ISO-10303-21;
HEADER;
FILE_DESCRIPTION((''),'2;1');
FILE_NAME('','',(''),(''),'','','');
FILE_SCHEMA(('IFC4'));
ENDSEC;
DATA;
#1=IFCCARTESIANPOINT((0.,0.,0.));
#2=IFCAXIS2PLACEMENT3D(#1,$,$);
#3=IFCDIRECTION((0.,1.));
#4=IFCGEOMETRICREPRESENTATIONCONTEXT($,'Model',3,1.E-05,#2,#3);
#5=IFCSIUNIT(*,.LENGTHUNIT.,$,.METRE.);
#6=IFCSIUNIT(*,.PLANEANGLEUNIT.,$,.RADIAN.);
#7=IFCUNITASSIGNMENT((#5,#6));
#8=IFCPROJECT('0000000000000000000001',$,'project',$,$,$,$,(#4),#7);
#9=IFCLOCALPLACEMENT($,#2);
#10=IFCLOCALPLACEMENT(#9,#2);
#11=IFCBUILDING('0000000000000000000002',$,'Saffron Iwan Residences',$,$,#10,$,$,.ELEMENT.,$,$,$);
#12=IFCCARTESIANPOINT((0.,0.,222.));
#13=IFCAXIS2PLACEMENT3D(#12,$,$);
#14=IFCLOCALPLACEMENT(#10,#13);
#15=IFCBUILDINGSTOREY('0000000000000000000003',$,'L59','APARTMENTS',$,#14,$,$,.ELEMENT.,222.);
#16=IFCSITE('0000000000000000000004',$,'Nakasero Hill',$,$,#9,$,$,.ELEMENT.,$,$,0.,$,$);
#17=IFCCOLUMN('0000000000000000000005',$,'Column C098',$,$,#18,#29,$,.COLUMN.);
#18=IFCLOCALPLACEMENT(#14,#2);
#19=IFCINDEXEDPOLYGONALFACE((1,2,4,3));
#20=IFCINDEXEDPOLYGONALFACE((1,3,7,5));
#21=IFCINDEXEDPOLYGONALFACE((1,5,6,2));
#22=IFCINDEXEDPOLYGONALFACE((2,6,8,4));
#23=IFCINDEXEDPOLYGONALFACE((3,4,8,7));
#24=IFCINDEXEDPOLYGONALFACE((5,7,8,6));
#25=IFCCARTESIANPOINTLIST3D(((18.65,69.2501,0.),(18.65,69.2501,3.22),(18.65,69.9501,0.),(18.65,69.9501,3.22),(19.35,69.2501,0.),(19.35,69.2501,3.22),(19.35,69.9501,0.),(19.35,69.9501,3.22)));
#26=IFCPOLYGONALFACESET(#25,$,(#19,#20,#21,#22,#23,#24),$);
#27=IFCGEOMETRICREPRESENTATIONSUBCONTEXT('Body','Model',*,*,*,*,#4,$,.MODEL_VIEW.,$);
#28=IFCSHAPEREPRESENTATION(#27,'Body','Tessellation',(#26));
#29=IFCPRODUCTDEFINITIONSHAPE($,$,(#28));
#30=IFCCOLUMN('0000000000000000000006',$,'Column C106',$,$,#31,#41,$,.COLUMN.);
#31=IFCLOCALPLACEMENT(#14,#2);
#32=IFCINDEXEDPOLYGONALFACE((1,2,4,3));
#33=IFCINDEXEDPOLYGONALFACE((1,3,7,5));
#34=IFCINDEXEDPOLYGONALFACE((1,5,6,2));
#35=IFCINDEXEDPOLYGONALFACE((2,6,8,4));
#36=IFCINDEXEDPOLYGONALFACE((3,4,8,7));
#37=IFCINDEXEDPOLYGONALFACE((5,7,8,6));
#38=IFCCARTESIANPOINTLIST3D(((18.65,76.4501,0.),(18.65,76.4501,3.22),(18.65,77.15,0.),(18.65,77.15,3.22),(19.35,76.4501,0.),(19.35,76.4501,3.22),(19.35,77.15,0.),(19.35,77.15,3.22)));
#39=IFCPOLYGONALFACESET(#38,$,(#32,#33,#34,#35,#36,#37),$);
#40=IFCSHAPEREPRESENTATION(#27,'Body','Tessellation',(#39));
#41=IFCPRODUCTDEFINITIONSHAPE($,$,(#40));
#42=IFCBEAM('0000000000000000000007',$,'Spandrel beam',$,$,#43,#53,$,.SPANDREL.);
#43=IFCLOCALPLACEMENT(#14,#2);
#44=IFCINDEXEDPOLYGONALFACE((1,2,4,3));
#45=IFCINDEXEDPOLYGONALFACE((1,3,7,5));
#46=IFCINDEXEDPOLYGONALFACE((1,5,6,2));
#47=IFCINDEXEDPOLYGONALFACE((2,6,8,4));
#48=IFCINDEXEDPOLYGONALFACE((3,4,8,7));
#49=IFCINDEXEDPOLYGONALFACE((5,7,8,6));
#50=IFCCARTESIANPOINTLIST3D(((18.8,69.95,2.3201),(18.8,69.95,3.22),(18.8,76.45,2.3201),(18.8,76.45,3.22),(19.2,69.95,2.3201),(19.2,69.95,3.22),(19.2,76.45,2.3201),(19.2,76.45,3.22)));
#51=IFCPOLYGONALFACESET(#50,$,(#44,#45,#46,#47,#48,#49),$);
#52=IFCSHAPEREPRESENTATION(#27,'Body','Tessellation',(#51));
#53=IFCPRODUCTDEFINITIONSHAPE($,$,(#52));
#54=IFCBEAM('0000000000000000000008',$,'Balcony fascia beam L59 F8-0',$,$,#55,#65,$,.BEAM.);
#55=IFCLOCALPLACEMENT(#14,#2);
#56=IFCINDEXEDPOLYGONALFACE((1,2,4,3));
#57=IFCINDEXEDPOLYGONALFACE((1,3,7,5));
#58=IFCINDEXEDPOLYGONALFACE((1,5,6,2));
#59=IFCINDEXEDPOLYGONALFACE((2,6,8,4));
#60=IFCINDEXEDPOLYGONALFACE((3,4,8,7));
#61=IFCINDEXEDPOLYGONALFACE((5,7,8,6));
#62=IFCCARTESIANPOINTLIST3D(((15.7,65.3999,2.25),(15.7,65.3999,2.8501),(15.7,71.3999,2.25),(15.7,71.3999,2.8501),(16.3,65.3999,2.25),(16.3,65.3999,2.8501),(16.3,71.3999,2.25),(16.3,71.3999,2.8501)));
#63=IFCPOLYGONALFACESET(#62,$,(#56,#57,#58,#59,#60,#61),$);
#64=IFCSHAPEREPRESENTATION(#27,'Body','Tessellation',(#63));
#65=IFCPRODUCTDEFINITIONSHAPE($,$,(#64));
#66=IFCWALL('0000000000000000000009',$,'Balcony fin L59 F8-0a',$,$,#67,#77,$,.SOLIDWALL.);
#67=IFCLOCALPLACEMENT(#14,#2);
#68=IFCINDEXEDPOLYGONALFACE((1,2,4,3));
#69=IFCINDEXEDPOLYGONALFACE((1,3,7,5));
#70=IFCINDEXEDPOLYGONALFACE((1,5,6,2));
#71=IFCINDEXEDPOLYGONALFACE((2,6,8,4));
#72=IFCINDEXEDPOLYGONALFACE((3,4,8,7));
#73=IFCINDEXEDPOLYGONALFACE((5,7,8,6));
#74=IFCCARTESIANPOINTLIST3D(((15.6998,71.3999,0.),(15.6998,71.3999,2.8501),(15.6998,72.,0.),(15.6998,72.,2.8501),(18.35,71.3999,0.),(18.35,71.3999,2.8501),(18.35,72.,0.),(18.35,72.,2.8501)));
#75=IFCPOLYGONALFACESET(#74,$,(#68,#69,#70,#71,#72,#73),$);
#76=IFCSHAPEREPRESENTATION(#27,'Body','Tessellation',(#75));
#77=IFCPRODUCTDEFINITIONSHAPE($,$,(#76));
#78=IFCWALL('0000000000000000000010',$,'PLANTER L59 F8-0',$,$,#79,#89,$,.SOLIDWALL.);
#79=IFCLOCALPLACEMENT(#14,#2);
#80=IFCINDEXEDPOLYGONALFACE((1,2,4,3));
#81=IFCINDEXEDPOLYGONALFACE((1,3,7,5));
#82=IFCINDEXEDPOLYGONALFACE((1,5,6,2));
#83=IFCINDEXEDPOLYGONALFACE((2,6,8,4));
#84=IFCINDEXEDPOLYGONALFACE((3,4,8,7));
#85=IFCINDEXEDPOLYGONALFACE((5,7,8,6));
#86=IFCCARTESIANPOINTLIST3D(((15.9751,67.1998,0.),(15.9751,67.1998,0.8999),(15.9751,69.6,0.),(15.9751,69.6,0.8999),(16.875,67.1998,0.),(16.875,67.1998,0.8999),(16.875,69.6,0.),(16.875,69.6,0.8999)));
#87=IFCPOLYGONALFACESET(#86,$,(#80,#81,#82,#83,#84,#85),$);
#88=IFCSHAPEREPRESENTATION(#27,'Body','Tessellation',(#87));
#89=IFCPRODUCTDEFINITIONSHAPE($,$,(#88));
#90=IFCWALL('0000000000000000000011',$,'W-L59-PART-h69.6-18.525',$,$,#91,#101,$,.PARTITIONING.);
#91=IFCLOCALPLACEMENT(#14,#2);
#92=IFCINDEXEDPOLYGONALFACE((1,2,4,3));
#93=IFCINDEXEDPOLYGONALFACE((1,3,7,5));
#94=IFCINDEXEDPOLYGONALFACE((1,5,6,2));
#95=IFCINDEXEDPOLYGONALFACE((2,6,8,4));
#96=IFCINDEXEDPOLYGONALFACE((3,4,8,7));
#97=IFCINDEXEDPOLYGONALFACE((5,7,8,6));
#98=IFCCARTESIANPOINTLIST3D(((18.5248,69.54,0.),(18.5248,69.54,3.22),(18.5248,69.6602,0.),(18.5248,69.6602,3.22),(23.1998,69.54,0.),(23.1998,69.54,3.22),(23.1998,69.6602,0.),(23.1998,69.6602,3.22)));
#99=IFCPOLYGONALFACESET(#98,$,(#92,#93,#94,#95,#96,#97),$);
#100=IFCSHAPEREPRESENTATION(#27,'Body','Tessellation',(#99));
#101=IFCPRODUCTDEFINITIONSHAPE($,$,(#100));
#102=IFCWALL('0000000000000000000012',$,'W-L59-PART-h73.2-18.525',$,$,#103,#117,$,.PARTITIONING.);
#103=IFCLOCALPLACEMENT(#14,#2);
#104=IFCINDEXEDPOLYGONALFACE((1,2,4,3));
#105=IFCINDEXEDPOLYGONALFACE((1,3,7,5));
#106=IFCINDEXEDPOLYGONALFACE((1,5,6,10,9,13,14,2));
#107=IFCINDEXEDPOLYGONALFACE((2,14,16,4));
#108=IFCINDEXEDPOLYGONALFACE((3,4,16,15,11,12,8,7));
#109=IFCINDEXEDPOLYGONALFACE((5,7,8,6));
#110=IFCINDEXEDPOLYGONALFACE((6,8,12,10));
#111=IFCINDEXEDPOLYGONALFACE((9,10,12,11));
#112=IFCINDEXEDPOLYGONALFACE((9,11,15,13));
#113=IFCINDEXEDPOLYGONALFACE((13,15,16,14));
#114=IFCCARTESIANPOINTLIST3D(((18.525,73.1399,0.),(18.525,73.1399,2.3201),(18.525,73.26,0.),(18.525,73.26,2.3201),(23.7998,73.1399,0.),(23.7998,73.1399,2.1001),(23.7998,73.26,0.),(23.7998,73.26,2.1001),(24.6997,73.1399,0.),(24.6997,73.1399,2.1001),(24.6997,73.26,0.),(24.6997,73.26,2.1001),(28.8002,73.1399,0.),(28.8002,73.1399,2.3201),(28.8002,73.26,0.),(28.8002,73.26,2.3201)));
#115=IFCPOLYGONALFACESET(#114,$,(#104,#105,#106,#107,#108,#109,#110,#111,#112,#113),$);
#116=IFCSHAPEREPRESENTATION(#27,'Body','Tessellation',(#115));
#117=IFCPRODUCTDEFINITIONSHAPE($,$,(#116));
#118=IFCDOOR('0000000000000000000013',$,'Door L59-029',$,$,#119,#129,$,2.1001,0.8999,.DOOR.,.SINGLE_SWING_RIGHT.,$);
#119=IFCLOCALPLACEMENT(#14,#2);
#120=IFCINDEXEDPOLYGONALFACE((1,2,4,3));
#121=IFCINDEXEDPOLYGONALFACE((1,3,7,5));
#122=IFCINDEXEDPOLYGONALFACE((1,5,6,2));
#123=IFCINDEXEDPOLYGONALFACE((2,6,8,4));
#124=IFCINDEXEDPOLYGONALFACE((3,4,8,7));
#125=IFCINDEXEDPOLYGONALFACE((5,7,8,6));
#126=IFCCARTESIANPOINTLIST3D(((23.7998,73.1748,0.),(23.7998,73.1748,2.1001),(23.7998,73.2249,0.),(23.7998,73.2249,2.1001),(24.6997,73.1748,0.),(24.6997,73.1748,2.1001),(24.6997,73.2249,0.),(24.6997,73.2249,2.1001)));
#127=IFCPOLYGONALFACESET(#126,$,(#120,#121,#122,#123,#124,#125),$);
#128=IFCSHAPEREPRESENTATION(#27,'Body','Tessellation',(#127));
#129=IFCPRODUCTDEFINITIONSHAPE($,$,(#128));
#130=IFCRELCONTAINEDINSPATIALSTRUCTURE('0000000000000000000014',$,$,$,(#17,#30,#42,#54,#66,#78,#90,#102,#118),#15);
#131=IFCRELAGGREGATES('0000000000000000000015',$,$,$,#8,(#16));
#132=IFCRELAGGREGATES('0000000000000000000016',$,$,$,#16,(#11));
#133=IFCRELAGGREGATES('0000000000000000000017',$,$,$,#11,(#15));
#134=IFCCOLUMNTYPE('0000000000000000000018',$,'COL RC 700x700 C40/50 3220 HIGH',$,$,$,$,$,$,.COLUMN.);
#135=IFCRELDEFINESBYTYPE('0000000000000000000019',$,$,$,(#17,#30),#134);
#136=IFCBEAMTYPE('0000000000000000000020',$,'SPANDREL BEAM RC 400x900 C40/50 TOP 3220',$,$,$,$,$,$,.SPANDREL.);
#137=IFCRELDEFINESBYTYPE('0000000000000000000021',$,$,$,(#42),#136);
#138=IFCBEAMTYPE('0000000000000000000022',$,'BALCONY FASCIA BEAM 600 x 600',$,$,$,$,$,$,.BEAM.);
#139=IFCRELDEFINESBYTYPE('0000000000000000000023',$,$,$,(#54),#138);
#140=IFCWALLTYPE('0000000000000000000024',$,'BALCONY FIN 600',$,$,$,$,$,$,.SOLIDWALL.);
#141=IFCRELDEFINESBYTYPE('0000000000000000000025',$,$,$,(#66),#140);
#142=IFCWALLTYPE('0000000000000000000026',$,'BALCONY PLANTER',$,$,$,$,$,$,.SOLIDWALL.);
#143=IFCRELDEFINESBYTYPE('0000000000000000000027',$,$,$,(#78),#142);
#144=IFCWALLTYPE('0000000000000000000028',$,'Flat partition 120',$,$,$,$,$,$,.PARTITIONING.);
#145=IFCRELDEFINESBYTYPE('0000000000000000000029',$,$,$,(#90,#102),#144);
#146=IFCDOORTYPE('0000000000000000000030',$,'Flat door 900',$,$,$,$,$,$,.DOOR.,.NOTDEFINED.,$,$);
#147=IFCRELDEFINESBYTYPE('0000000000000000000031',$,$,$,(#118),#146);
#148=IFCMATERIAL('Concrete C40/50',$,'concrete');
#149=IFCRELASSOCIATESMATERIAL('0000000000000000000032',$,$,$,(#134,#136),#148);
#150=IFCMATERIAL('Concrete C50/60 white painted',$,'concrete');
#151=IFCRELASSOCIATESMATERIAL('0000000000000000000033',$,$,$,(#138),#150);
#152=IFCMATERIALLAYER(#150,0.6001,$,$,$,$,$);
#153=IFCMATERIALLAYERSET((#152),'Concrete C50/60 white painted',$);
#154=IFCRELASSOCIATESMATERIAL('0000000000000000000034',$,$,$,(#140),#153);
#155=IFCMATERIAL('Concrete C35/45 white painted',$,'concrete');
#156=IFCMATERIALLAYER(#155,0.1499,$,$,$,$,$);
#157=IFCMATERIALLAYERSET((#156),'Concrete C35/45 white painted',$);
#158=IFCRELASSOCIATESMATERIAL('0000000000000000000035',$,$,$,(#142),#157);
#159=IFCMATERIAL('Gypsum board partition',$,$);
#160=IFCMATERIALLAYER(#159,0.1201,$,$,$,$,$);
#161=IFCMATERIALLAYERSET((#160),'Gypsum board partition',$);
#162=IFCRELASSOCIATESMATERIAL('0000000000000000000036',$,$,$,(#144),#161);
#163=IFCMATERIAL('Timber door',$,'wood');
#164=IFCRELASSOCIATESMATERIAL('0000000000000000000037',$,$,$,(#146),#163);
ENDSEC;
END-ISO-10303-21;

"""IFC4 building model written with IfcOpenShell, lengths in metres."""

from ifc_helpers import new_model, si_unit, direction, frame, frame_2d, origin, origin_2d, place, context, subcontext, project, spatial, rectangle, extrude, source, transform, mapped, material, layer, layer_set, material_profile, profile_set, type_object, element, fill, save


model = new_model("IFC4")

# Units and contexts
model_context = context("Model", 3, precision=1e-05, world=origin(), true_north=direction((0.0, 1.0)))
body_context = subcontext(model_context, "Body", "Model", "MODEL_VIEW")
ifc_project = project(units=[si_unit("LENGTHUNIT", "METRE"), si_unit("PLANEANGLEUNIT", "RADIAN")], contexts=[model_context])

# Site, building, storey
site_placement = place(None, origin())
site = spatial("IfcSite", under=ifc_project, at=site_placement, Name="Nakasero Hill", CompositionType="ELEMENT", RefElevation=0.0)
building_placement = place(site_placement, origin())
building = spatial("IfcBuilding", under=site, at=building_placement, Name="Saffron Iwan Residences", CompositionType="ELEMENT")
storey_placement = place(building_placement, frame((0.0, 0.0, 222.0)))
storey = spatial("IfcBuildingStorey", under=building, at=storey_placement, Name="L59", Description="APARTMENTS", CompositionType="ELEMENT", Elevation=222.0)

# Columns
ifc_material_1 = material(Name="Concrete C40/50", Category="concrete")
ifc_material_profile_1 = material_profile(ifc_material_1, rectangle(XDim=0.7, YDim=0.7, at=origin_2d()), Name="RC 700x700")
ifc_profile_set_1 = profile_set([ifc_material_profile_1], Name="Concrete C40/50")
column_type = type_object("IfcColumnType", Name="COL RC 700x700 C40/50 3220 HIGH", PredefinedType="COLUMN", material=ifc_profile_set_1)
shared_shape_1 = source(origin(), body_context, "Body", "SweptSolid", [
    extrude(rectangle(XDim=0.7, YDim=0.7, at=origin_2d()), origin(), (0.0, 0.0, 1.0), 3.22),
])
for number, where, z_axis, x_axis, name in (
    (1, (19.0, 69.6001, 0.0), (0.0, 0.0, 1.0), (1.0, 0.0, 0.0), "Column C098"),
    (2, (19.0, 76.8, 0.0), (0.0, 0.0, 1.0), (1.0, 0.0, 0.0), "Column C106"),
):
    element("IfcColumn", number, at=place(storey_placement, frame(where, z_axis=z_axis, x_axis=x_axis)), inside=storey, type_object=column_type, Name=name, PredefinedType="COLUMN", context=body_context, shape_type="MappedRepresentation", body=[
        mapped(shared_shape_1, transform((0.0, 0.0, 0.0))),
    ])

# Beams
ifc_material_profile_2 = material_profile(ifc_material_1, rectangle(XDim=0.3999, YDim=0.8999, at=origin_2d()), Name="RC 400x900")
ifc_profile_set_2 = profile_set([ifc_material_profile_2], Name="Concrete C40/50")
beam_type_1 = type_object("IfcBeamType", Name="SPANDREL BEAM RC 400x900 C40/50 TOP 3220", PredefinedType="SPANDREL", material=ifc_profile_set_2)
shared_shape_2 = source(origin(), body_context, "Body", "SweptSolid", [
    extrude(rectangle(XDim=0.3999, YDim=0.8999, at=origin_2d()), origin(), (0.0, 0.0, 1.0), 6.5),
])
beam_1_placement = place(storey_placement, frame((19.0, 69.95, 2.77), z_axis=(0.0, 1.0, 0.0), x_axis=(-1.0, 0.0, 0.0)))
element("IfcBeam", 3, at=beam_1_placement, inside=storey, type_object=beam_type_1, Name="Spandrel beam", PredefinedType="SPANDREL", context=body_context, shape_type="MappedRepresentation", body=[
    mapped(shared_shape_2, transform((0.0, 0.0, 0.0))),
])
ifc_material_2 = material(Name="Concrete C50/60 white painted", Category="concrete")
ifc_material_profile_3 = material_profile(ifc_material_2, rectangle(XDim=0.6001, YDim=0.6001, at=origin_2d()), Name="BALCONY FASCIA BEAM 600 x 600")
ifc_profile_set_3 = profile_set([ifc_material_profile_3], Name="Concrete C50/60 white painted")
beam_type_2 = type_object("IfcBeamType", Name="BALCONY FASCIA BEAM 600 x 600", PredefinedType="BEAM", material=ifc_profile_set_3)
shared_shape_3 = source(origin(), body_context, "Body", "SweptSolid", [
    extrude(rectangle(XDim=0.6001, YDim=0.6001, at=origin_2d()), origin(), (0.0, 0.0, 1.0), 6.0),
])
beam_2_placement = place(storey_placement, frame((16.0, 71.3999, 2.55), z_axis=(0.0, -1.0, 0.0), x_axis=(1.0, 0.0, 0.0)))
element("IfcBeam", 4, at=beam_2_placement, inside=storey, type_object=beam_type_2, Name="Balcony fascia beam L59 F8-0", PredefinedType="BEAM", context=body_context, shape_type="MappedRepresentation", body=[
    mapped(shared_shape_3, transform((0.0, 0.0, 0.0))),
])

# Walls
ifc_layer_1 = layer(ifc_material_2, 0.6001)
ifc_layer_set_1 = layer_set([ifc_layer_1], Name="Concrete C50/60 white painted")
wall_type_1 = type_object("IfcWallType", Name="BALCONY FIN 600", PredefinedType="SOLIDWALL", material=ifc_layer_set_1)
wall_1_placement = place(storey_placement, frame((18.3501, 71.7, 0.0), z_axis=(0.0, 0.0, 1.0), x_axis=(-1.0, 0.0, 0.0)))
element("IfcWall", 5, at=wall_1_placement, inside=storey, type_object=wall_type_1, Name="Balcony fin L59 F8-0a", PredefinedType="SOLIDWALL", context=body_context, shape_type="SweptSolid", body=[
    extrude(rectangle(XDim=2.6501, YDim=0.6001, at=frame_2d((1.3252, 0.0))), origin(), (0.0, 0.0, 1.0), 2.8501),
])
ifc_material_3 = material(Name="Concrete C35/45 white painted", Category="concrete")
ifc_layer_2 = layer(ifc_material_3, 0.1499)
ifc_layer_set_2 = layer_set([ifc_layer_2], Name="Concrete C35/45 white painted")
wall_type_2 = type_object("IfcWallType", Name="BALCONY PLANTER", PredefinedType="SOLIDWALL", material=ifc_layer_set_2)
wall_2_placement = place(storey_placement, frame((16.425, 69.6001, 0.0), z_axis=(0.0, 0.0, 1.0), x_axis=(0.0, -1.0, 0.0)))
element("IfcWall", 6, at=wall_2_placement, inside=storey, type_object=wall_type_2, Name="PLANTER L59 F8-0", PredefinedType="SOLIDWALL", context=body_context, shape_type="SweptSolid", body=[
    extrude(rectangle(XDim=2.4001, YDim=0.8999, at=frame_2d((1.2002, 0.0))), origin(), (0.0, 0.0, 1.0), 0.8999),
])

# Wall
ifc_material_4 = material(Name="Gypsum board partition")
ifc_layer_3 = layer(ifc_material_4, 0.1201)
ifc_layer_set_3 = layer_set([ifc_layer_3], Name="Gypsum board partition")
wall_type_3 = type_object("IfcWallType", Name="Flat partition 120", PredefinedType="PARTITIONING", material=ifc_layer_set_3)
wall_3_placement = place(storey_placement, frame((18.5249, 69.6001, 0.0), z_axis=(0.0, 0.0, 1.0), x_axis=(1.0, 0.0, 0.0)))
element("IfcWall", 7, at=wall_3_placement, inside=storey, type_object=wall_type_3, Name="W-L59-PART-h69.6-18.525", PredefinedType="PARTITIONING", context=body_context, shape_type="SweptSolid", body=[
    extrude(rectangle(XDim=4.675, YDim=0.1201, at=frame_2d((2.3374, 0.0))), origin(), (0.0, 0.0, 1.0), 3.22),
])

# Wall, opening, door
wall_4_placement = place(storey_placement, frame((18.5249, 73.2, 0.0), z_axis=(0.0, 0.0, 1.0), x_axis=(1.0, 0.0, 0.0)))
wall_4 = element("IfcWall", 8, at=wall_4_placement, inside=storey, type_object=wall_type_3, Name="W-L59-PART-h73.2-18.525", PredefinedType="PARTITIONING", context=body_context, shape_type="SweptSolid", body=[
    extrude(rectangle(XDim=10.2751, YDim=0.1201, at=frame_2d((5.1377, 0.0))), origin(), (0.0, 0.0, 1.0), 2.3201),
])
opening_1_placement = place(wall_4_placement, frame((5.2749, 0.0, 0.0)))
opening_1 = element("IfcOpeningElement", 9, at=opening_1_placement, cuts=wall_4, PredefinedType="OPENING", context=body_context, shape_type="SweptSolid", body=[
    extrude(rectangle(XDim=0.8999, YDim=2.1001, at=frame_2d((0.45, 1.05))), frame((0.0, 0.0701, 0.0), z_axis=(0.0, -1.0, 0.0), x_axis=(1.0, 0.0, 0.0)), (0.0, 0.0, 1.0), 0.1401),
])
ifc_material_5 = material(Name="Timber door", Category="wood")
door_type_1 = type_object("IfcDoorType", Name="Flat door 900", OperationType="NOTDEFINED", PredefinedType="DOOR", material=ifc_material_5)
door_1_placement = place(opening_1_placement, origin())
door_1 = element("IfcDoor", 10, at=door_1_placement, inside=storey, type_object=door_type_1, Name="Door L59-029", OperationType="SINGLE_SWING_RIGHT", OverallHeight=2.1001, OverallWidth=0.8999, PredefinedType="DOOR", context=body_context, shape_type="SweptSolid", body=[
    extrude(rectangle(XDim=0.8999, YDim=2.1001, at=frame_2d((0.45, 1.05))), frame((0.0, 0.0249, 0.0), z_axis=(0.0, -1.0, 0.0), x_axis=(1.0, 0.0, 0.0)), (0.0, 0.0, 1.0), 0.05),
])
fill(opening_1, door_1)

save(model, "model.ifc")
